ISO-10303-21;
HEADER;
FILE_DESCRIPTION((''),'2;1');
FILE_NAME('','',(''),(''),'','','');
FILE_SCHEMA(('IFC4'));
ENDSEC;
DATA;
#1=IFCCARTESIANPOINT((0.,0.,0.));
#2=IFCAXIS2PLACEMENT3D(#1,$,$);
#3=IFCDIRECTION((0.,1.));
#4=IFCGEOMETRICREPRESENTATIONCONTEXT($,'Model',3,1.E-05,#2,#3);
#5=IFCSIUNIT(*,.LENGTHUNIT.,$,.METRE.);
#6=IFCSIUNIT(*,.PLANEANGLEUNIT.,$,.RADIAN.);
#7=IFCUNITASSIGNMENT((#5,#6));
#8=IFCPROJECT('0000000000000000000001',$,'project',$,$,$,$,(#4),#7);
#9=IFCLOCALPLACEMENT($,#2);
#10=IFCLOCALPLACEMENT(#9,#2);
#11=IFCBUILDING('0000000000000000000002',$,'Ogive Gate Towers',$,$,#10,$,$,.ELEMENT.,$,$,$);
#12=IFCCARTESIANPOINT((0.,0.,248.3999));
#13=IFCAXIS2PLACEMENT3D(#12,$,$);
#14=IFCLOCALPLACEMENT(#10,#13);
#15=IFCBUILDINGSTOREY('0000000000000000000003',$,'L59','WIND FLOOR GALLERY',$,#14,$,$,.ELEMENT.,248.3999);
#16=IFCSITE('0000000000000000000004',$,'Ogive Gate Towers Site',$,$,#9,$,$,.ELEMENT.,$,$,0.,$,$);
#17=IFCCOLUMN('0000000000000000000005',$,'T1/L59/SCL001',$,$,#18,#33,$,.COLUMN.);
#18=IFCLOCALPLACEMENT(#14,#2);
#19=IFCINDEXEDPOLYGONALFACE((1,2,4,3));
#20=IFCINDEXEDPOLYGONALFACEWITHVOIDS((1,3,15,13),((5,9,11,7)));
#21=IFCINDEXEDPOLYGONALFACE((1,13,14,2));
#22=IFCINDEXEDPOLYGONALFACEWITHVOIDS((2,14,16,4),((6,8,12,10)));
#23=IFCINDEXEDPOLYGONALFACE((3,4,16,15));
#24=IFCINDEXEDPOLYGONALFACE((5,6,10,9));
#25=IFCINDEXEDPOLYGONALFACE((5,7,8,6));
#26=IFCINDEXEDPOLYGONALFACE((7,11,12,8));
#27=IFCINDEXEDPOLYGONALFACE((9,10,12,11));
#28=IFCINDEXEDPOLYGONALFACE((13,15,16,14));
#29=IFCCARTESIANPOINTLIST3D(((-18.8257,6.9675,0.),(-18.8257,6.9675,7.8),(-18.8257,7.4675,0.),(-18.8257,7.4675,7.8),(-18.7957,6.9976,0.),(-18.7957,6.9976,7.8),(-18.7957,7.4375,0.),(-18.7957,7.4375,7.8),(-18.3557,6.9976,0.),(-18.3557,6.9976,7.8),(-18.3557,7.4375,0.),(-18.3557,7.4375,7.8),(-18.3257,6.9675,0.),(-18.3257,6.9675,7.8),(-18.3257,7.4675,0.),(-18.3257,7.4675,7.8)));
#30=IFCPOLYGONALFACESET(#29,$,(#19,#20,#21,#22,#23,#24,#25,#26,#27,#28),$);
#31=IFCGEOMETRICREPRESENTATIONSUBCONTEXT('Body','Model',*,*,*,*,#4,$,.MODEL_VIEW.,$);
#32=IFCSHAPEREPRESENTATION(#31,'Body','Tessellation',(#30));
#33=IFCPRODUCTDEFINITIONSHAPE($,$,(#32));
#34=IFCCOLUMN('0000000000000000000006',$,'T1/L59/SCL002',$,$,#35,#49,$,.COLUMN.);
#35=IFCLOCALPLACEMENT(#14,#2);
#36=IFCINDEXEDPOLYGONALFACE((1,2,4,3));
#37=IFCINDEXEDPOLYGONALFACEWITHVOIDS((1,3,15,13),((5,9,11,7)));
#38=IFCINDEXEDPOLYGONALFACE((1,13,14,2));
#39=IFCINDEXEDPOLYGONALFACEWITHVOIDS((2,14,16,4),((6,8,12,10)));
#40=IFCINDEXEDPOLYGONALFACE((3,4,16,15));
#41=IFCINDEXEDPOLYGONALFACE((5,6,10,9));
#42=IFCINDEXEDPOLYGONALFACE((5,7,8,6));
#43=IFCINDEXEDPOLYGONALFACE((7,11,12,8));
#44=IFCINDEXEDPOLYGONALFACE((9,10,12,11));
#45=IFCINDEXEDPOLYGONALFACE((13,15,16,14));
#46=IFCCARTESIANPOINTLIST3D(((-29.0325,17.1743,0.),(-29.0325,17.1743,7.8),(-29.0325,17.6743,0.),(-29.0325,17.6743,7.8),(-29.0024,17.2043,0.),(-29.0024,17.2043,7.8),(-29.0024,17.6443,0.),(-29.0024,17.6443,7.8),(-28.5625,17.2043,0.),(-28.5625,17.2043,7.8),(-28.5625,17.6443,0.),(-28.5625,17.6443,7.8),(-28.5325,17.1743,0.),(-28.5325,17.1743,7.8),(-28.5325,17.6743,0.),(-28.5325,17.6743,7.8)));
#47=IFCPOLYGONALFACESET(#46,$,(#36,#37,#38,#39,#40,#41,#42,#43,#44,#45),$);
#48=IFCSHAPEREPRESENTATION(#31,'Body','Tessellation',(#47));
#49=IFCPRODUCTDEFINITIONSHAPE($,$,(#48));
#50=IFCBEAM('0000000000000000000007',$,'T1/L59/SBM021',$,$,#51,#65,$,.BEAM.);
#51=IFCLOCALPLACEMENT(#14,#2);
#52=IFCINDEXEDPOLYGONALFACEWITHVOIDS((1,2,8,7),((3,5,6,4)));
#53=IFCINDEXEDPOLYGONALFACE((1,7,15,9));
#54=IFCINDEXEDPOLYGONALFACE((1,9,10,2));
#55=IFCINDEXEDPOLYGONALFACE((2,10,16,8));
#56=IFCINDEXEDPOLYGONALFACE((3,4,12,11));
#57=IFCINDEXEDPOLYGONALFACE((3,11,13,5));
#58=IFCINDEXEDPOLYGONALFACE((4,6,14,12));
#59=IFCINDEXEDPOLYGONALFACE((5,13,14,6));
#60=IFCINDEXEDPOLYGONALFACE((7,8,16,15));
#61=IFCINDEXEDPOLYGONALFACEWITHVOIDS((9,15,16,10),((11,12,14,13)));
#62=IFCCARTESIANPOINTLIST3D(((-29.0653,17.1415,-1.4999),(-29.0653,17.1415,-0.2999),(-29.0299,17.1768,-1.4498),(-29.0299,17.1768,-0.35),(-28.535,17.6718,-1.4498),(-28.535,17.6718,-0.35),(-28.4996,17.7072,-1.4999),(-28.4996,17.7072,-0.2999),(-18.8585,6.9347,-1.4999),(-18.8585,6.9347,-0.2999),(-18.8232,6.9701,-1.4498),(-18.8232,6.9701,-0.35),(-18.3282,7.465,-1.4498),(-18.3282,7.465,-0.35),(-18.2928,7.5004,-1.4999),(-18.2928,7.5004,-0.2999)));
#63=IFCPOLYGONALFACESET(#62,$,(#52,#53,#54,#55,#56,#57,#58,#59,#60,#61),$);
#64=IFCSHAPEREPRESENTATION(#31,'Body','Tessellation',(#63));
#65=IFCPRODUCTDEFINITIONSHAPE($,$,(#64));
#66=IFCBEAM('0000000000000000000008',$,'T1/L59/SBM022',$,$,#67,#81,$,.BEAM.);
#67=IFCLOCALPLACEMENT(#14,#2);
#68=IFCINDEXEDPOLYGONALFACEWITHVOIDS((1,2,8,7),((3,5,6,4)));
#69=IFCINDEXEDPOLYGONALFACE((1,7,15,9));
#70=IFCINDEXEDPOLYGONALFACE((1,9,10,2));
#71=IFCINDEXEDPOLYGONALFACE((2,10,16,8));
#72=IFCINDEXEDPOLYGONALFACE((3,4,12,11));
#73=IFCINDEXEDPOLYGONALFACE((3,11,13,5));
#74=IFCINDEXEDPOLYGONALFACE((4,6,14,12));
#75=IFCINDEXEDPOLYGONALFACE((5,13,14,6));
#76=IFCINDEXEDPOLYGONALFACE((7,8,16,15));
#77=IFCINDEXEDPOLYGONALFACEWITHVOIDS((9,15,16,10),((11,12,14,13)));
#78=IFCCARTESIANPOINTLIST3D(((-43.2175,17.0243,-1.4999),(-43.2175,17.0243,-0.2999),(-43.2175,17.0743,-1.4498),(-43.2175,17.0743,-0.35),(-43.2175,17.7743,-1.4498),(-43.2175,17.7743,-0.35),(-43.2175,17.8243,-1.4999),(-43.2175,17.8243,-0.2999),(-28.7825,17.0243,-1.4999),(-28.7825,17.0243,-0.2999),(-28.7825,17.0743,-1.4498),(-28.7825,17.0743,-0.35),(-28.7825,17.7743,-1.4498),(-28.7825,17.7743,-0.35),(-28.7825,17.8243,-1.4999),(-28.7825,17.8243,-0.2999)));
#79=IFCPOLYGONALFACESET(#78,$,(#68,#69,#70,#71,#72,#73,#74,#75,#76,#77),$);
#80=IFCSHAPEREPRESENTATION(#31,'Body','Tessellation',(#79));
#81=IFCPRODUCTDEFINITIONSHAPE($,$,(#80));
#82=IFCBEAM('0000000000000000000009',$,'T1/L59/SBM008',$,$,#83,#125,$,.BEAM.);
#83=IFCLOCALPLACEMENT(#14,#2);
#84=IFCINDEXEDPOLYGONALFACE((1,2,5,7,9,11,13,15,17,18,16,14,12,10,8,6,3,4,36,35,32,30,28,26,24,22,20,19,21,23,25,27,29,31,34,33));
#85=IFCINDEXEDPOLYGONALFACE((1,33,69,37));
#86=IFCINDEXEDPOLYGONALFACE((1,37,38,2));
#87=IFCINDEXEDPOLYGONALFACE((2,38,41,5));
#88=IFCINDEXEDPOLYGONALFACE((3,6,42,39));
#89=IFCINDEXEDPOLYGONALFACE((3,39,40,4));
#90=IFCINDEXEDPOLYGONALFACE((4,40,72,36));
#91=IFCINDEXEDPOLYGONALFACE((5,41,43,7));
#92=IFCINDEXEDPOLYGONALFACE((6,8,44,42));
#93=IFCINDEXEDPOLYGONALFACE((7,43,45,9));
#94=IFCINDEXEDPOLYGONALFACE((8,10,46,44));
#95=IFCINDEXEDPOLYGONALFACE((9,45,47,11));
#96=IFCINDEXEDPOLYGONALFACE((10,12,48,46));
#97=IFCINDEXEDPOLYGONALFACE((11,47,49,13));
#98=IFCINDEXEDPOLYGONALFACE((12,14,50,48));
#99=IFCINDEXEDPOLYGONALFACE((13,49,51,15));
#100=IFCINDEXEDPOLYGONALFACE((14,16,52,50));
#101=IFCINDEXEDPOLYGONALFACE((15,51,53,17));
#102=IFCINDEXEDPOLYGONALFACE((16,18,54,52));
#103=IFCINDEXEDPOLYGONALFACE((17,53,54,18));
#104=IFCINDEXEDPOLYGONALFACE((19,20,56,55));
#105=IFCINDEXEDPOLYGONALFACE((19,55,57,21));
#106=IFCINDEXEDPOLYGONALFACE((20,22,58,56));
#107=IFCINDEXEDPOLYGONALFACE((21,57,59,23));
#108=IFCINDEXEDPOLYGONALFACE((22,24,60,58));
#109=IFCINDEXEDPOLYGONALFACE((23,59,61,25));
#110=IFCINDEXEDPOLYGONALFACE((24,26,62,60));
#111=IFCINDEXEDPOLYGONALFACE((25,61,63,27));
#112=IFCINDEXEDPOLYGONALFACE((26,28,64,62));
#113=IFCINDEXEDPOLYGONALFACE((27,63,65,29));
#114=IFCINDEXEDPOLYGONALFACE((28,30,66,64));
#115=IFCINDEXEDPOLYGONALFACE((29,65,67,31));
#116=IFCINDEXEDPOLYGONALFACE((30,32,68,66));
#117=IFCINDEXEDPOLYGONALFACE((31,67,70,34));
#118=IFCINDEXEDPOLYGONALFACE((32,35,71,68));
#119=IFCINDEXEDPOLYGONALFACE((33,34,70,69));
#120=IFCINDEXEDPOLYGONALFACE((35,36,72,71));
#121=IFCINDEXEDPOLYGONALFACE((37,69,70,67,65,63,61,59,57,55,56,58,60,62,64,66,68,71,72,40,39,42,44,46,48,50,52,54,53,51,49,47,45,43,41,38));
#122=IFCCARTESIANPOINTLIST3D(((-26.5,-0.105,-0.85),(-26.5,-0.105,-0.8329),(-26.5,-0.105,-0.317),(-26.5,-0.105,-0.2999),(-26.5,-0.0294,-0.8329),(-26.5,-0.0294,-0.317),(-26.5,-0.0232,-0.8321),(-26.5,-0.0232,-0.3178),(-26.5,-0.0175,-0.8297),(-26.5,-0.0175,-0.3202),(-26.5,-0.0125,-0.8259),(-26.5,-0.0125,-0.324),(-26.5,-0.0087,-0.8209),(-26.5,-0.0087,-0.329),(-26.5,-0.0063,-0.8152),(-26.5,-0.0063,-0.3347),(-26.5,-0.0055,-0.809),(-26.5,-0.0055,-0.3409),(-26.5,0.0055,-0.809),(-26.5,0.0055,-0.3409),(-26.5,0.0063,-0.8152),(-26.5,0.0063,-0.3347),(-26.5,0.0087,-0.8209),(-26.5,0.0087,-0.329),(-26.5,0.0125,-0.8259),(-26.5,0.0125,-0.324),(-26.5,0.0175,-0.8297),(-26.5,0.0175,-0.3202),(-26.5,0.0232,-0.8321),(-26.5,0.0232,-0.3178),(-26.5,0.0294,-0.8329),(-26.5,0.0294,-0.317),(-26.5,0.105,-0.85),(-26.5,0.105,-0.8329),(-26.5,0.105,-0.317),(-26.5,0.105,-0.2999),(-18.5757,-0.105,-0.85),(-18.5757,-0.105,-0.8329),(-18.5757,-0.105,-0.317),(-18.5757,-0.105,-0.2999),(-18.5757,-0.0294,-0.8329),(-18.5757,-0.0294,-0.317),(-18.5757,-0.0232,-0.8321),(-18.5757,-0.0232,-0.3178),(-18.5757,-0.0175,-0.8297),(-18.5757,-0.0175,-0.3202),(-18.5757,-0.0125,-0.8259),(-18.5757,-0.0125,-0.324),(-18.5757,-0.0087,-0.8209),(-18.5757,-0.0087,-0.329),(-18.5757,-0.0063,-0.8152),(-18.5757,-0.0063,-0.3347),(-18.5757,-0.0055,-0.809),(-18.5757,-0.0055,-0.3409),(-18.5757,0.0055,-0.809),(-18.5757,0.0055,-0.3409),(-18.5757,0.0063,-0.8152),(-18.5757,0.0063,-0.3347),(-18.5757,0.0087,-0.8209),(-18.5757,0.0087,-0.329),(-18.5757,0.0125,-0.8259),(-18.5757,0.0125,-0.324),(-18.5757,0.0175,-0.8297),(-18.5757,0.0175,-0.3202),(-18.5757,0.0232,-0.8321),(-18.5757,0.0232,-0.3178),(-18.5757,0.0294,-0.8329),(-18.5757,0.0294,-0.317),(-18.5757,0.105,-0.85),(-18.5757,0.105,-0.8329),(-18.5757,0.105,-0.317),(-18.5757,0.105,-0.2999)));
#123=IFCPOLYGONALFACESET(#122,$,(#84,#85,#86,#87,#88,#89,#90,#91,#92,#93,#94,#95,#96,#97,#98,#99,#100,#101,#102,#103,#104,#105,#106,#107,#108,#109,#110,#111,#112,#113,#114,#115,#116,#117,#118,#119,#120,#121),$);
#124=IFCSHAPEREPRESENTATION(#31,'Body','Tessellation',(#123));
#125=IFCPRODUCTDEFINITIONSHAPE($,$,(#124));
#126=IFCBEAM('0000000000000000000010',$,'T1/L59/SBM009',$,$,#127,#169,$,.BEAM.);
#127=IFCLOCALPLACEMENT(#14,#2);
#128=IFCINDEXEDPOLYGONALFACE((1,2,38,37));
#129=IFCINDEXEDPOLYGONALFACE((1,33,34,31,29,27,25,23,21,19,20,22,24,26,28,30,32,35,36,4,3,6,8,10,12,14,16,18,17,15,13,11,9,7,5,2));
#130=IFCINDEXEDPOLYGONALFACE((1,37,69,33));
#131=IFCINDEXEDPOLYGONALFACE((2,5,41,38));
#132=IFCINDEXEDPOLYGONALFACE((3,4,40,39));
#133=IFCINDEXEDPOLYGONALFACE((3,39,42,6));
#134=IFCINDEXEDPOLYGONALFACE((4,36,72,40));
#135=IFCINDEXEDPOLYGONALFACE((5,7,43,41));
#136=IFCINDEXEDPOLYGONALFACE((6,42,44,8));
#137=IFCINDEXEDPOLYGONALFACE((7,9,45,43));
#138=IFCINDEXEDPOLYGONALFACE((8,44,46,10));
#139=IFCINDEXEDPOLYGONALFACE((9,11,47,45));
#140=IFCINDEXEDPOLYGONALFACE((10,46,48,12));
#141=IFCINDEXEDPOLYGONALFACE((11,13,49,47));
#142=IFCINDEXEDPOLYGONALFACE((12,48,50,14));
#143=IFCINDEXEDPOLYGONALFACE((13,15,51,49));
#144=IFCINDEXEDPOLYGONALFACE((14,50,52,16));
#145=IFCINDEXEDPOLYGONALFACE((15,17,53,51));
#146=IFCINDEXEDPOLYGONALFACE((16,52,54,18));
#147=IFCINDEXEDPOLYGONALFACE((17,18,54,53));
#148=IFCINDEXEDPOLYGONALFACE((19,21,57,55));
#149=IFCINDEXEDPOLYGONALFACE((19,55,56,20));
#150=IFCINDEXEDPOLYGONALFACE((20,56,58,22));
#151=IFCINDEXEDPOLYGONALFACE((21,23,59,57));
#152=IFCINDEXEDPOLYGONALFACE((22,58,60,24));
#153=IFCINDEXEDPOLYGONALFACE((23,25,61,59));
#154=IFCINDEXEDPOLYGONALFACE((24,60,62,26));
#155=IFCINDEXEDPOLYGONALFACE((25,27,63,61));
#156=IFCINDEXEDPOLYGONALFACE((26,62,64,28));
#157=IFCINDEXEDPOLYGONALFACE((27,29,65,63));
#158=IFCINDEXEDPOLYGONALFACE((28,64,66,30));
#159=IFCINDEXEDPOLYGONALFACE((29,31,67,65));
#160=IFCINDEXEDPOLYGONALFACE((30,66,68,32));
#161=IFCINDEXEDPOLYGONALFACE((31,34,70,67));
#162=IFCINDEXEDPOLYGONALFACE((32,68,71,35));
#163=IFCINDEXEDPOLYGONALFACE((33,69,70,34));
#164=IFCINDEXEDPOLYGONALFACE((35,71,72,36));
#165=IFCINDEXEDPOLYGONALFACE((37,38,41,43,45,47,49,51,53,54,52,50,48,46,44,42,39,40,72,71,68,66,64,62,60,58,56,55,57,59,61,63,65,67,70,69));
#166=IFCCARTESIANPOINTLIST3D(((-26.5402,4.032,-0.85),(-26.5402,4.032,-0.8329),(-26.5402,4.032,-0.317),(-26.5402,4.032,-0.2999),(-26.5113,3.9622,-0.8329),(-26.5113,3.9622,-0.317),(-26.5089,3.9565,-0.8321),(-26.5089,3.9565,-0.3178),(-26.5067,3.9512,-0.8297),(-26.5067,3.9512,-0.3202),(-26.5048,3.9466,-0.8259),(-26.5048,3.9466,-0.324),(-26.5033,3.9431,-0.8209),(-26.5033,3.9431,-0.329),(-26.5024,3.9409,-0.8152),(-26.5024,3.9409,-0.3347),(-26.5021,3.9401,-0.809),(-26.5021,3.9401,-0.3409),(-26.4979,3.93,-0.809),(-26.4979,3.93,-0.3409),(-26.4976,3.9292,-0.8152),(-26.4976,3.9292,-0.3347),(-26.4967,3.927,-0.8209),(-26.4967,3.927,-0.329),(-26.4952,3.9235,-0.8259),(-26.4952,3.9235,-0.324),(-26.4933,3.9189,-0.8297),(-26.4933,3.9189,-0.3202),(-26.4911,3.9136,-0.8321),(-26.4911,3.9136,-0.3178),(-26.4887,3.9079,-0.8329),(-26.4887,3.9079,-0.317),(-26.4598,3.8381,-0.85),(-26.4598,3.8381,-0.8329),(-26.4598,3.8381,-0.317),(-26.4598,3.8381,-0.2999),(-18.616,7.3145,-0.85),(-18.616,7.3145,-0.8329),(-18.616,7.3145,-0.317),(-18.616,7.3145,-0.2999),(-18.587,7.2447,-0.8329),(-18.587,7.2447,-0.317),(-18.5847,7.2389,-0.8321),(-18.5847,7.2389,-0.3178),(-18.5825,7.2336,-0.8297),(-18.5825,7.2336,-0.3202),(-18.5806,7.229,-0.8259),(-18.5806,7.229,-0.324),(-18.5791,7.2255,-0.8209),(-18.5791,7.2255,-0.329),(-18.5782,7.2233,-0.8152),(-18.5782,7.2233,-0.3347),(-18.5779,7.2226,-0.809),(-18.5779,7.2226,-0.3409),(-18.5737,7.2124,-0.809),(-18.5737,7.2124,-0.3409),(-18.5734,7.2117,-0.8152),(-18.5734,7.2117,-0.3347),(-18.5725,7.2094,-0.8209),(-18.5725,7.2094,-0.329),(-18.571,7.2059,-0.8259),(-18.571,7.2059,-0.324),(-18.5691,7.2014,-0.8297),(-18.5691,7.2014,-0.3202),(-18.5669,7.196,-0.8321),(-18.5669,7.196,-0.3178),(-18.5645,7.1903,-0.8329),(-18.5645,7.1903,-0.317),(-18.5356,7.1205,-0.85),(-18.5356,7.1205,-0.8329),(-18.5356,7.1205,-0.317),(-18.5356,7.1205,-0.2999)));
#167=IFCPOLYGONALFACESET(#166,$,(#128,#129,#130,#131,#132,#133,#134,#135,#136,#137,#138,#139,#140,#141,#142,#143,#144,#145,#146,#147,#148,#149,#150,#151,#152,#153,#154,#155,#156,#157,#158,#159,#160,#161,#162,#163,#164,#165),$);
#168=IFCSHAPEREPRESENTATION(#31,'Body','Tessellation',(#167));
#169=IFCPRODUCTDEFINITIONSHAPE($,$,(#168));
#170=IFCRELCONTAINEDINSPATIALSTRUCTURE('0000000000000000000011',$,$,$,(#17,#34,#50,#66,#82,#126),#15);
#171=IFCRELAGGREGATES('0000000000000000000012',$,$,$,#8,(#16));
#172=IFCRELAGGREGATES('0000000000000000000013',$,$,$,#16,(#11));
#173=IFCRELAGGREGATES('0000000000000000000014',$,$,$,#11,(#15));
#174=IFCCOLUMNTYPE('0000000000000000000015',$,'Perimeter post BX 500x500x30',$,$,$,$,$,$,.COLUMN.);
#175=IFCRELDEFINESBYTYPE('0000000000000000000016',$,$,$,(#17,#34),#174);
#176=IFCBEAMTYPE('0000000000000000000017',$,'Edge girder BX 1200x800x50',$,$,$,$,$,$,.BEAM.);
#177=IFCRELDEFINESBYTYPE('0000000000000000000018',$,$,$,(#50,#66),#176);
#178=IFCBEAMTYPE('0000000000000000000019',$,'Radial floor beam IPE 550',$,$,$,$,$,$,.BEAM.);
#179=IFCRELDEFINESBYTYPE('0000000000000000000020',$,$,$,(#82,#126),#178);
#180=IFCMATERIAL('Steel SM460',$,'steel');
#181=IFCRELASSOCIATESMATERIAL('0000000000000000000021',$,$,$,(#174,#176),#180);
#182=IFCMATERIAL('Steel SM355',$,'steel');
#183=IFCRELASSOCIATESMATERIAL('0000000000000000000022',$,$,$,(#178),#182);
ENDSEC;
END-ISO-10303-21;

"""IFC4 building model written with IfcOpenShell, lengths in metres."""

from ifc_helpers import new_model, si_unit, direction, frame, origin, origin_2d, place, context, subcontext, project, spatial, hollow_rectangle, i_section, extrude, material, material_profile, profile_set, type_object, element, save


model = new_model("IFC4")

# Units and contexts
model_context = context("Model", 3, precision=1e-05, world=origin(), true_north=direction((0.0, 1.0)))
body_context = subcontext(model_context, "Body", "Model", "MODEL_VIEW")
ifc_project = project(units=[si_unit("LENGTHUNIT", "METRE"), si_unit("PLANEANGLEUNIT", "RADIAN")], contexts=[model_context])

# Site, building, storey
site_placement = place(None, origin())
site = spatial("IfcSite", under=ifc_project, at=site_placement, Name="Ogive Gate Towers Site", CompositionType="ELEMENT", RefElevation=0.0)
building_placement = place(site_placement, origin())
building = spatial("IfcBuilding", under=site, at=building_placement, Name="Ogive Gate Towers", CompositionType="ELEMENT")
storey_placement = place(building_placement, frame((0.0, 0.0, 248.3999)))
storey = spatial("IfcBuildingStorey", under=building, at=storey_placement, Name="L59", Description="WIND FLOOR GALLERY", CompositionType="ELEMENT", Elevation=248.3999)

# Columns
ifc_material_1 = material(Name="Steel SM460", Category="steel")
ifc_material_profile_1 = material_profile(ifc_material_1, hollow_rectangle(XDim=0.5, YDim=0.5, WallThickness=0.03, at=origin_2d()), Name="BX 500x500x30")
ifc_profile_set_1 = profile_set([ifc_material_profile_1], Name="Steel SM460")
column_type = type_object("IfcColumnType", Name="Perimeter post BX 500x500x30", PredefinedType="COLUMN", material=ifc_profile_set_1)
for number, where, z_axis, x_axis, name in (
    (1, (-18.5757, 7.2175, 0.0), (0.0, 0.0, 1.0), (1.0, 0.0, 0.0), "T1/L59/SCL001"),
    (2, (-28.7825, 17.4243, 0.0), (0.0, 0.0, 1.0), (1.0, 0.0, 0.0), "T1/L59/SCL002"),
):
    element("IfcColumn", number, at=place(storey_placement, frame(where, z_axis=z_axis, x_axis=x_axis)), inside=storey, type_object=column_type, Name=name, PredefinedType="COLUMN", context=body_context, shape_type="SweptSolid", body=[
        extrude(hollow_rectangle(XDim=0.5, YDim=0.5, WallThickness=0.03, at=origin_2d()), origin(), (0.0, 0.0, 1.0), 7.8),
    ])

# Beams
ifc_material_profile_2 = material_profile(ifc_material_1, hollow_rectangle(XDim=0.8, YDim=1.2, WallThickness=0.05, at=origin_2d()), Name="BX 1200x800x50")
ifc_profile_set_2 = profile_set([ifc_material_profile_2], Name="Steel SM460")
beam_type_1 = type_object("IfcBeamType", Name="Edge girder BX 1200x800x50", PredefinedType="BEAM", material=ifc_profile_set_2)
beam_1_placement = place(storey_placement, frame((-18.5757, 7.2175, -0.8999), z_axis=(-0.707107, 0.707107, 0.0), x_axis=(-0.707107, -0.707107, 0.0)))
element("IfcBeam", 3, at=beam_1_placement, inside=storey, type_object=beam_type_1, Name="T1/L59/SBM021", PredefinedType="BEAM", context=body_context, shape_type="SweptSolid", body=[
    extrude(hollow_rectangle(XDim=0.8, YDim=1.2, WallThickness=0.05, at=origin_2d()), origin(), (0.0, 0.0, 1.0), 14.4346),
])
beam_2_placement = place(storey_placement, frame((-28.7825, 17.4243, -0.8999), z_axis=(-1.0, 0.0, 0.0), x_axis=(0.0, -1.0, 0.0)))
element("IfcBeam", 4, at=beam_2_placement, inside=storey, type_object=beam_type_1, Name="T1/L59/SBM022", PredefinedType="BEAM", context=body_context, shape_type="SweptSolid", body=[
    extrude(hollow_rectangle(XDim=0.8, YDim=1.2, WallThickness=0.05, at=origin_2d()), origin(), (0.0, 0.0, 1.0), 14.4351),
])
ifc_material_2 = material(Name="Steel SM355", Category="steel")
ifc_material_profile_3 = material_profile(ifc_material_2, i_section(OverallWidth=0.21, OverallDepth=0.55, WebThickness=0.011, FlangeThickness=0.0171, FilletRadius=0.0239, at=origin_2d()), Name="IPE 550")
ifc_profile_set_3 = profile_set([ifc_material_profile_3], Name="Steel SM355")
beam_type_2 = type_object("IfcBeamType", Name="Radial floor beam IPE 550", PredefinedType="BEAM", material=ifc_profile_set_3)
beam_3_placement = place(storey_placement, frame((-26.5, 0.0, -0.575), z_axis=(1.0, 0.0, 0.0), x_axis=(0.0, 1.0, 0.0)))
element("IfcBeam", 5, at=beam_3_placement, inside=storey, type_object=beam_type_2, Name="T1/L59/SBM008", PredefinedType="BEAM", context=body_context, shape_type="SweptSolid", body=[
    extrude(i_section(OverallWidth=0.21, OverallDepth=0.55, WebThickness=0.011, FlangeThickness=0.0171, FilletRadius=0.0239, at=origin_2d()), origin(), (0.0, 0.0, 1.0), 7.9243),
])
beam_4_placement = place(storey_placement, frame((-26.5, 3.9351, -0.575), z_axis=(0.923875, 0.382695, 0.0), x_axis=(-0.382695, 0.923875, 0.0)))
element("IfcBeam", 6, at=beam_4_placement, inside=storey, type_object=beam_type_2, Name="T1/L59/SBM009", PredefinedType="BEAM", context=body_context, shape_type="SweptSolid", body=[
    extrude(i_section(OverallWidth=0.21, OverallDepth=0.55, WebThickness=0.011, FlangeThickness=0.0171, FilletRadius=0.0239, at=origin_2d()), origin(), (0.0, 0.0, 1.0), 8.5771),
])

save(model, "model.ifc")
